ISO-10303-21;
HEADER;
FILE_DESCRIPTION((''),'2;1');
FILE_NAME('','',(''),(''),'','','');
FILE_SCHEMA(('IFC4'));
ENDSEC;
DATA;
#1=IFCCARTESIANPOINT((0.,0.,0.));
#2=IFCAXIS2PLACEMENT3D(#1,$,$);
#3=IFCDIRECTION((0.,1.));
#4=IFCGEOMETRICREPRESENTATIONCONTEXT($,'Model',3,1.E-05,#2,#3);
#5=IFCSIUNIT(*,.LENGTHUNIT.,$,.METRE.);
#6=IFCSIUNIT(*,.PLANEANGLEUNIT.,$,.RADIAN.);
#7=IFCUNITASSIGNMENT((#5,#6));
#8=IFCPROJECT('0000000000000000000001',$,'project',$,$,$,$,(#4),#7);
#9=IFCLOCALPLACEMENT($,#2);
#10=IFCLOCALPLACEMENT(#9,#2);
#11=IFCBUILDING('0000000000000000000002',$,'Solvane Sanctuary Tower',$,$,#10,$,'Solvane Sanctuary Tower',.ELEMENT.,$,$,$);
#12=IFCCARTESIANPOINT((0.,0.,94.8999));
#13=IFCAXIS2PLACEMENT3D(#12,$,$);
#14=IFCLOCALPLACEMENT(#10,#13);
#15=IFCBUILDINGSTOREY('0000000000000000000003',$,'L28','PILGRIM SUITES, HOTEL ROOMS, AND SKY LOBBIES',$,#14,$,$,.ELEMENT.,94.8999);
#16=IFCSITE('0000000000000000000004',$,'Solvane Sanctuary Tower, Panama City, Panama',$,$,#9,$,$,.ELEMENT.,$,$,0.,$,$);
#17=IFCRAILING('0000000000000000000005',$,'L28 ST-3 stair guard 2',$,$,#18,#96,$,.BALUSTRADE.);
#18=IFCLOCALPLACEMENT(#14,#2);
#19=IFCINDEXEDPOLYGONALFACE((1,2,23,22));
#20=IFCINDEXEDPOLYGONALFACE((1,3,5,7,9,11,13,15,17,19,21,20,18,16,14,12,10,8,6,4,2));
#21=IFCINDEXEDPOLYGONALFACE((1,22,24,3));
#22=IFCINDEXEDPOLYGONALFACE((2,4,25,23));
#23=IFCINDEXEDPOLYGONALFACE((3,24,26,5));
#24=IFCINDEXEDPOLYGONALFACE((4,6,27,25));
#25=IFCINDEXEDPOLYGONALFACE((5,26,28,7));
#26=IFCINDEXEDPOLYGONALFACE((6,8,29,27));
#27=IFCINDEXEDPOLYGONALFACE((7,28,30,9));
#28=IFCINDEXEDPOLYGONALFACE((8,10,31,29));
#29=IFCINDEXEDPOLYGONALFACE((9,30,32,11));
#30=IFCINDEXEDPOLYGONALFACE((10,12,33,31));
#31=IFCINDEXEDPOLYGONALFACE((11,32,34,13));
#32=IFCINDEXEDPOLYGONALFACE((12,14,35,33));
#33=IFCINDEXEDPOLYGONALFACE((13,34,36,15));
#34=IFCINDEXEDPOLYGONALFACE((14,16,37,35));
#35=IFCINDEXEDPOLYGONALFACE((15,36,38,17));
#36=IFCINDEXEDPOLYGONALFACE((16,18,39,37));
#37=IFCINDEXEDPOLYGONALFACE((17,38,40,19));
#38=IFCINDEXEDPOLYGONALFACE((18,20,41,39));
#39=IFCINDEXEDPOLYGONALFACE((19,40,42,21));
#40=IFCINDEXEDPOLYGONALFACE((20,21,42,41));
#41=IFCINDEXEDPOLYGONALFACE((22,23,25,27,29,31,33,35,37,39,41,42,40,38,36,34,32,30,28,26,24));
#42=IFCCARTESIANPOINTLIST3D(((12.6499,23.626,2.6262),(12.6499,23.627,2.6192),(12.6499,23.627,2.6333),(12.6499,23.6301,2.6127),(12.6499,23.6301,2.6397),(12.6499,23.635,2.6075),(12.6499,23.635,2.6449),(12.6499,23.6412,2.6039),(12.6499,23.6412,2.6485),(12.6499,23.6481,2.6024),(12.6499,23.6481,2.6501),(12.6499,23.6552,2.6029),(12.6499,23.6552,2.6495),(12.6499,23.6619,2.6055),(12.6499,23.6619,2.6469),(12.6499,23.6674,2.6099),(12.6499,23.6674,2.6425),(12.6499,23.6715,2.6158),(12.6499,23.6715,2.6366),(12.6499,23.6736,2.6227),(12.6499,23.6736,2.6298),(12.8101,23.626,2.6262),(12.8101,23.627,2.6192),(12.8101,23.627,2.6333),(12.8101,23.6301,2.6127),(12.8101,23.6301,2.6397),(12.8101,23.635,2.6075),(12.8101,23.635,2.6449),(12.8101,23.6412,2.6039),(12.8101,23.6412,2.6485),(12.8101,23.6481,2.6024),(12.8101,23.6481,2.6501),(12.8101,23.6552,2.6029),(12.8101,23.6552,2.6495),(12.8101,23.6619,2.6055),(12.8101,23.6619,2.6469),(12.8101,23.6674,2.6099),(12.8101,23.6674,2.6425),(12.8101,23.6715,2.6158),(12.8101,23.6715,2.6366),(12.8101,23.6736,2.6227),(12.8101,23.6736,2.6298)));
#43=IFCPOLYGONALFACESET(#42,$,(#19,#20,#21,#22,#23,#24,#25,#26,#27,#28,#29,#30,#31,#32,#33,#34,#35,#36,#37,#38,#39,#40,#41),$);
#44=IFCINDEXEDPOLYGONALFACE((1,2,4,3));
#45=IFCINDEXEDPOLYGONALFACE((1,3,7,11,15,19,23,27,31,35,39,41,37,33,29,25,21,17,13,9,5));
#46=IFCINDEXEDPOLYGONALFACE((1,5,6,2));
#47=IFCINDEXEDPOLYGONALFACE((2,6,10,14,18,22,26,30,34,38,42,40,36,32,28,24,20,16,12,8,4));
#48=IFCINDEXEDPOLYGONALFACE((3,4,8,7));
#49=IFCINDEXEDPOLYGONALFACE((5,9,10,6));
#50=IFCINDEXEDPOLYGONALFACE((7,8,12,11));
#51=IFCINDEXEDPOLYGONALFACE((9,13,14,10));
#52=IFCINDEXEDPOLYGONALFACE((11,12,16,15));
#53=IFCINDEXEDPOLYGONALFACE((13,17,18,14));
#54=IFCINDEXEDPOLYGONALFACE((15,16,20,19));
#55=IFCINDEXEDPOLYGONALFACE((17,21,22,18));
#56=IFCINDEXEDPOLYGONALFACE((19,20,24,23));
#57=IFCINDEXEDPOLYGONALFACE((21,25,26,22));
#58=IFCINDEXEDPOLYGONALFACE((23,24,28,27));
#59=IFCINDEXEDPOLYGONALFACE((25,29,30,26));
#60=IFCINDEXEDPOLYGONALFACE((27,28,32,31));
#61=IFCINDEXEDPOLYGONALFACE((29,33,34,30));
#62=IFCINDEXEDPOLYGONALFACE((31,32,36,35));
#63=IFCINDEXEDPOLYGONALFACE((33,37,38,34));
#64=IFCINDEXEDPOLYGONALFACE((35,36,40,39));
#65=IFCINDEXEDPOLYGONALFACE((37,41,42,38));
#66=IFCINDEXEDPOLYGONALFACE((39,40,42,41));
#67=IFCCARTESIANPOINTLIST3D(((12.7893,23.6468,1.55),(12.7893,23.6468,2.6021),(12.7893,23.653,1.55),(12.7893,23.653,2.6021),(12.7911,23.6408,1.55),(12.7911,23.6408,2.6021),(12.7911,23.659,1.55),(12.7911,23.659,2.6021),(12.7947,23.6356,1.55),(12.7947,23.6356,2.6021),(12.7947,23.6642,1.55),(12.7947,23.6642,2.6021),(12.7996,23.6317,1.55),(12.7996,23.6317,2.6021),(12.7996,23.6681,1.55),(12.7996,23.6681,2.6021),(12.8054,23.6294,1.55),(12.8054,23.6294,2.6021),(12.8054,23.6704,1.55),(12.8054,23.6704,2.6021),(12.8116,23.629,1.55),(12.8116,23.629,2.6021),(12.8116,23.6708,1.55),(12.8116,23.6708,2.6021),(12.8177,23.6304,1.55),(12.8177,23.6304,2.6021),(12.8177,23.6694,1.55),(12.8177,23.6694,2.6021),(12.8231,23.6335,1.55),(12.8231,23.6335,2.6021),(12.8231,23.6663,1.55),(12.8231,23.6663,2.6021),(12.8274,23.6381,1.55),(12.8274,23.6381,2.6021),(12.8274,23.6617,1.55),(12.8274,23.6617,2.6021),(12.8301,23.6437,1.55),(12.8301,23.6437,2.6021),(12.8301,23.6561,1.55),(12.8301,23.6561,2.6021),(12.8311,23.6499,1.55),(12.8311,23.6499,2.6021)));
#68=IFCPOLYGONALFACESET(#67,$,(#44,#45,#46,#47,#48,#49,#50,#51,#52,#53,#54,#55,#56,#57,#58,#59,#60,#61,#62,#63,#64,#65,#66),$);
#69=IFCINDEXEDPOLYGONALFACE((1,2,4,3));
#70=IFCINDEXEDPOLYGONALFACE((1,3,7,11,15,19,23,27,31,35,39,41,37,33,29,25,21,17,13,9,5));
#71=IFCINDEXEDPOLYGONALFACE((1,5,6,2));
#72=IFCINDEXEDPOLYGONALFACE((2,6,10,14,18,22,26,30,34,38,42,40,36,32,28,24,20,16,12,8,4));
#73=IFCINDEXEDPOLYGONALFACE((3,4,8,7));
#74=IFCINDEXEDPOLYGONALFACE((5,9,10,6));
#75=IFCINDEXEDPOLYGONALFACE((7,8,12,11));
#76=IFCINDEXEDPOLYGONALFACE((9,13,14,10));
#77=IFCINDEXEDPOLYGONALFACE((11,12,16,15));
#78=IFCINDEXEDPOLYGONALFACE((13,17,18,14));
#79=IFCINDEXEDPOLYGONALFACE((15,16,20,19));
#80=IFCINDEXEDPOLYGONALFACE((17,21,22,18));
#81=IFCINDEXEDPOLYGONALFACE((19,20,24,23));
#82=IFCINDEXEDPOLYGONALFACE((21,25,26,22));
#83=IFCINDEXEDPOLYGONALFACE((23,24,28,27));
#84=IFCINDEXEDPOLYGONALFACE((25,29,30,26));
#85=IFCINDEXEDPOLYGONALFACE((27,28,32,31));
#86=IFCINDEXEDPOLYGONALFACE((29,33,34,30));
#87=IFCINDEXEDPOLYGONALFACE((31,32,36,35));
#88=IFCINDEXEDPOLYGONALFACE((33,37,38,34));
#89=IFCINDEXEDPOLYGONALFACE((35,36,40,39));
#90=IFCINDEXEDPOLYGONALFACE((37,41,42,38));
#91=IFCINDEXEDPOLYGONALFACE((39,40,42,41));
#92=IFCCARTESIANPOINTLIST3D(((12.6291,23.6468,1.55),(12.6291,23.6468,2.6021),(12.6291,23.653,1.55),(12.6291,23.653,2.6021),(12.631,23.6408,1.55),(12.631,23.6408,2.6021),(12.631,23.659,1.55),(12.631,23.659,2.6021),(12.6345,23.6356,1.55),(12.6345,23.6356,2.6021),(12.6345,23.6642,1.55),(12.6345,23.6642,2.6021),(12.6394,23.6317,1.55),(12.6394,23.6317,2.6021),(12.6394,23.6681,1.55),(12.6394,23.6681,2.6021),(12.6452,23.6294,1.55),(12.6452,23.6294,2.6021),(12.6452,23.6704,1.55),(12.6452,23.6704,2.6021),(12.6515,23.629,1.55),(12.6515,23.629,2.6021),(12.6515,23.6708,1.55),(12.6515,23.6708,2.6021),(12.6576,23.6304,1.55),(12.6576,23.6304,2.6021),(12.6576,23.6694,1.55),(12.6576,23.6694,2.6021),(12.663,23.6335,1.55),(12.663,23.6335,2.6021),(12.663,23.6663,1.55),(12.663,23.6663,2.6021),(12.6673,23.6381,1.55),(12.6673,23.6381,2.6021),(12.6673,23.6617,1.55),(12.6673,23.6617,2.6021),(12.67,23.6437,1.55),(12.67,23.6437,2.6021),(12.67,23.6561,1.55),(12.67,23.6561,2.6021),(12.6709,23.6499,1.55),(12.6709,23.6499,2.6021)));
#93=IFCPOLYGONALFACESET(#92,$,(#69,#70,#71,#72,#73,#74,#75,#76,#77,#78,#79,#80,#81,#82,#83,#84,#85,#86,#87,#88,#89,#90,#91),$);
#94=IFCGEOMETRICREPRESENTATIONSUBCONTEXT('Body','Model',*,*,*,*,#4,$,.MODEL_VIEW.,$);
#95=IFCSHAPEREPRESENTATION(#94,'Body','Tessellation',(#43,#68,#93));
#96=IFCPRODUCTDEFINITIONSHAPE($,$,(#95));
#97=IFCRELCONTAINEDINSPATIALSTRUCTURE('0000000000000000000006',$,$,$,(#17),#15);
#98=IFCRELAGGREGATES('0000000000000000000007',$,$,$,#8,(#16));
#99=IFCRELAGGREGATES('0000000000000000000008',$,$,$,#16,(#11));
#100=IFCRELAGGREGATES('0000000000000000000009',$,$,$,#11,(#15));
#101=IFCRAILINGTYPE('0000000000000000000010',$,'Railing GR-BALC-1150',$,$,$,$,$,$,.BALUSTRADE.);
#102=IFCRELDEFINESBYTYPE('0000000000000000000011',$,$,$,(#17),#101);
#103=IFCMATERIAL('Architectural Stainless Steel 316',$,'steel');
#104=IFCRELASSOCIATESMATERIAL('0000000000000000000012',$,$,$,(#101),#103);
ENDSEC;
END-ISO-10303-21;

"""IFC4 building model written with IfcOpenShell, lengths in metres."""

from ifc_helpers import new_model, si_unit, direction, frame, origin, origin_2d, place, context, subcontext, project, spatial, circle, extrude, material, type_object, element, save


model = new_model("IFC4")

# Units and contexts
model_context = context("Model", 3, precision=1e-05, world=origin(), true_north=direction((0.0, 1.0)))
body_context = subcontext(model_context, "Body", "Model", "MODEL_VIEW")
ifc_project = project(units=[si_unit("LENGTHUNIT", "METRE"), si_unit("PLANEANGLEUNIT", "RADIAN")], contexts=[model_context])

# Site, building, storey
site_placement = place(None, origin())
site = spatial("IfcSite", under=ifc_project, at=site_placement, Name="Solvane Sanctuary Tower, Panama City, Panama", CompositionType="ELEMENT", RefElevation=0.0)
building_placement = place(site_placement, origin())
building = spatial("IfcBuilding", under=site, at=building_placement, Name="Solvane Sanctuary Tower", LongName="Solvane Sanctuary Tower", CompositionType="ELEMENT")
storey_placement = place(building_placement, frame((0.0, 0.0, 94.8999)))
storey = spatial("IfcBuildingStorey", under=building, at=storey_placement, Name="L28", Description="PILGRIM SUITES, HOTEL ROOMS, AND SKY LOBBIES", CompositionType="ELEMENT", Elevation=94.8999)

# Shared definitions
ifc_material_1 = material(Name="Architectural Stainless Steel 316", Category="steel")

# Railing
railing_type_1 = type_object("IfcRailingType", Name="Railing GR-BALC-1150", PredefinedType="BALUSTRADE", material=ifc_material_1)
railing_1_placement = place(storey_placement, frame((12.8101, 23.6499, 1.55)))
element("IfcRailing", 1, at=railing_1_placement, inside=storey, type_object=railing_type_1, Name="L28 ST-3 stair guard 2", PredefinedType="BALUSTRADE", context=body_context, shape_type="SweptSolid", body=[
    extrude(circle(Radius=0.0239, at=origin_2d()), frame((0.0, 0.0, 1.0762), z_axis=(-1.0, 0.0, 0.0), x_axis=(0.0, -1.0, 0.0)), (0.0, 0.0, 1.0), 0.1602),
    extrude(circle(Radius=0.021, at=origin_2d()), origin(), (0.0, 0.0, 1.0), 1.052),
    extrude(circle(Radius=0.021, at=origin_2d()), frame((-0.1602, 0.0, 0.0)), (0.0, 0.0, 1.0), 1.052),
])

save(model, "model.ifc")
